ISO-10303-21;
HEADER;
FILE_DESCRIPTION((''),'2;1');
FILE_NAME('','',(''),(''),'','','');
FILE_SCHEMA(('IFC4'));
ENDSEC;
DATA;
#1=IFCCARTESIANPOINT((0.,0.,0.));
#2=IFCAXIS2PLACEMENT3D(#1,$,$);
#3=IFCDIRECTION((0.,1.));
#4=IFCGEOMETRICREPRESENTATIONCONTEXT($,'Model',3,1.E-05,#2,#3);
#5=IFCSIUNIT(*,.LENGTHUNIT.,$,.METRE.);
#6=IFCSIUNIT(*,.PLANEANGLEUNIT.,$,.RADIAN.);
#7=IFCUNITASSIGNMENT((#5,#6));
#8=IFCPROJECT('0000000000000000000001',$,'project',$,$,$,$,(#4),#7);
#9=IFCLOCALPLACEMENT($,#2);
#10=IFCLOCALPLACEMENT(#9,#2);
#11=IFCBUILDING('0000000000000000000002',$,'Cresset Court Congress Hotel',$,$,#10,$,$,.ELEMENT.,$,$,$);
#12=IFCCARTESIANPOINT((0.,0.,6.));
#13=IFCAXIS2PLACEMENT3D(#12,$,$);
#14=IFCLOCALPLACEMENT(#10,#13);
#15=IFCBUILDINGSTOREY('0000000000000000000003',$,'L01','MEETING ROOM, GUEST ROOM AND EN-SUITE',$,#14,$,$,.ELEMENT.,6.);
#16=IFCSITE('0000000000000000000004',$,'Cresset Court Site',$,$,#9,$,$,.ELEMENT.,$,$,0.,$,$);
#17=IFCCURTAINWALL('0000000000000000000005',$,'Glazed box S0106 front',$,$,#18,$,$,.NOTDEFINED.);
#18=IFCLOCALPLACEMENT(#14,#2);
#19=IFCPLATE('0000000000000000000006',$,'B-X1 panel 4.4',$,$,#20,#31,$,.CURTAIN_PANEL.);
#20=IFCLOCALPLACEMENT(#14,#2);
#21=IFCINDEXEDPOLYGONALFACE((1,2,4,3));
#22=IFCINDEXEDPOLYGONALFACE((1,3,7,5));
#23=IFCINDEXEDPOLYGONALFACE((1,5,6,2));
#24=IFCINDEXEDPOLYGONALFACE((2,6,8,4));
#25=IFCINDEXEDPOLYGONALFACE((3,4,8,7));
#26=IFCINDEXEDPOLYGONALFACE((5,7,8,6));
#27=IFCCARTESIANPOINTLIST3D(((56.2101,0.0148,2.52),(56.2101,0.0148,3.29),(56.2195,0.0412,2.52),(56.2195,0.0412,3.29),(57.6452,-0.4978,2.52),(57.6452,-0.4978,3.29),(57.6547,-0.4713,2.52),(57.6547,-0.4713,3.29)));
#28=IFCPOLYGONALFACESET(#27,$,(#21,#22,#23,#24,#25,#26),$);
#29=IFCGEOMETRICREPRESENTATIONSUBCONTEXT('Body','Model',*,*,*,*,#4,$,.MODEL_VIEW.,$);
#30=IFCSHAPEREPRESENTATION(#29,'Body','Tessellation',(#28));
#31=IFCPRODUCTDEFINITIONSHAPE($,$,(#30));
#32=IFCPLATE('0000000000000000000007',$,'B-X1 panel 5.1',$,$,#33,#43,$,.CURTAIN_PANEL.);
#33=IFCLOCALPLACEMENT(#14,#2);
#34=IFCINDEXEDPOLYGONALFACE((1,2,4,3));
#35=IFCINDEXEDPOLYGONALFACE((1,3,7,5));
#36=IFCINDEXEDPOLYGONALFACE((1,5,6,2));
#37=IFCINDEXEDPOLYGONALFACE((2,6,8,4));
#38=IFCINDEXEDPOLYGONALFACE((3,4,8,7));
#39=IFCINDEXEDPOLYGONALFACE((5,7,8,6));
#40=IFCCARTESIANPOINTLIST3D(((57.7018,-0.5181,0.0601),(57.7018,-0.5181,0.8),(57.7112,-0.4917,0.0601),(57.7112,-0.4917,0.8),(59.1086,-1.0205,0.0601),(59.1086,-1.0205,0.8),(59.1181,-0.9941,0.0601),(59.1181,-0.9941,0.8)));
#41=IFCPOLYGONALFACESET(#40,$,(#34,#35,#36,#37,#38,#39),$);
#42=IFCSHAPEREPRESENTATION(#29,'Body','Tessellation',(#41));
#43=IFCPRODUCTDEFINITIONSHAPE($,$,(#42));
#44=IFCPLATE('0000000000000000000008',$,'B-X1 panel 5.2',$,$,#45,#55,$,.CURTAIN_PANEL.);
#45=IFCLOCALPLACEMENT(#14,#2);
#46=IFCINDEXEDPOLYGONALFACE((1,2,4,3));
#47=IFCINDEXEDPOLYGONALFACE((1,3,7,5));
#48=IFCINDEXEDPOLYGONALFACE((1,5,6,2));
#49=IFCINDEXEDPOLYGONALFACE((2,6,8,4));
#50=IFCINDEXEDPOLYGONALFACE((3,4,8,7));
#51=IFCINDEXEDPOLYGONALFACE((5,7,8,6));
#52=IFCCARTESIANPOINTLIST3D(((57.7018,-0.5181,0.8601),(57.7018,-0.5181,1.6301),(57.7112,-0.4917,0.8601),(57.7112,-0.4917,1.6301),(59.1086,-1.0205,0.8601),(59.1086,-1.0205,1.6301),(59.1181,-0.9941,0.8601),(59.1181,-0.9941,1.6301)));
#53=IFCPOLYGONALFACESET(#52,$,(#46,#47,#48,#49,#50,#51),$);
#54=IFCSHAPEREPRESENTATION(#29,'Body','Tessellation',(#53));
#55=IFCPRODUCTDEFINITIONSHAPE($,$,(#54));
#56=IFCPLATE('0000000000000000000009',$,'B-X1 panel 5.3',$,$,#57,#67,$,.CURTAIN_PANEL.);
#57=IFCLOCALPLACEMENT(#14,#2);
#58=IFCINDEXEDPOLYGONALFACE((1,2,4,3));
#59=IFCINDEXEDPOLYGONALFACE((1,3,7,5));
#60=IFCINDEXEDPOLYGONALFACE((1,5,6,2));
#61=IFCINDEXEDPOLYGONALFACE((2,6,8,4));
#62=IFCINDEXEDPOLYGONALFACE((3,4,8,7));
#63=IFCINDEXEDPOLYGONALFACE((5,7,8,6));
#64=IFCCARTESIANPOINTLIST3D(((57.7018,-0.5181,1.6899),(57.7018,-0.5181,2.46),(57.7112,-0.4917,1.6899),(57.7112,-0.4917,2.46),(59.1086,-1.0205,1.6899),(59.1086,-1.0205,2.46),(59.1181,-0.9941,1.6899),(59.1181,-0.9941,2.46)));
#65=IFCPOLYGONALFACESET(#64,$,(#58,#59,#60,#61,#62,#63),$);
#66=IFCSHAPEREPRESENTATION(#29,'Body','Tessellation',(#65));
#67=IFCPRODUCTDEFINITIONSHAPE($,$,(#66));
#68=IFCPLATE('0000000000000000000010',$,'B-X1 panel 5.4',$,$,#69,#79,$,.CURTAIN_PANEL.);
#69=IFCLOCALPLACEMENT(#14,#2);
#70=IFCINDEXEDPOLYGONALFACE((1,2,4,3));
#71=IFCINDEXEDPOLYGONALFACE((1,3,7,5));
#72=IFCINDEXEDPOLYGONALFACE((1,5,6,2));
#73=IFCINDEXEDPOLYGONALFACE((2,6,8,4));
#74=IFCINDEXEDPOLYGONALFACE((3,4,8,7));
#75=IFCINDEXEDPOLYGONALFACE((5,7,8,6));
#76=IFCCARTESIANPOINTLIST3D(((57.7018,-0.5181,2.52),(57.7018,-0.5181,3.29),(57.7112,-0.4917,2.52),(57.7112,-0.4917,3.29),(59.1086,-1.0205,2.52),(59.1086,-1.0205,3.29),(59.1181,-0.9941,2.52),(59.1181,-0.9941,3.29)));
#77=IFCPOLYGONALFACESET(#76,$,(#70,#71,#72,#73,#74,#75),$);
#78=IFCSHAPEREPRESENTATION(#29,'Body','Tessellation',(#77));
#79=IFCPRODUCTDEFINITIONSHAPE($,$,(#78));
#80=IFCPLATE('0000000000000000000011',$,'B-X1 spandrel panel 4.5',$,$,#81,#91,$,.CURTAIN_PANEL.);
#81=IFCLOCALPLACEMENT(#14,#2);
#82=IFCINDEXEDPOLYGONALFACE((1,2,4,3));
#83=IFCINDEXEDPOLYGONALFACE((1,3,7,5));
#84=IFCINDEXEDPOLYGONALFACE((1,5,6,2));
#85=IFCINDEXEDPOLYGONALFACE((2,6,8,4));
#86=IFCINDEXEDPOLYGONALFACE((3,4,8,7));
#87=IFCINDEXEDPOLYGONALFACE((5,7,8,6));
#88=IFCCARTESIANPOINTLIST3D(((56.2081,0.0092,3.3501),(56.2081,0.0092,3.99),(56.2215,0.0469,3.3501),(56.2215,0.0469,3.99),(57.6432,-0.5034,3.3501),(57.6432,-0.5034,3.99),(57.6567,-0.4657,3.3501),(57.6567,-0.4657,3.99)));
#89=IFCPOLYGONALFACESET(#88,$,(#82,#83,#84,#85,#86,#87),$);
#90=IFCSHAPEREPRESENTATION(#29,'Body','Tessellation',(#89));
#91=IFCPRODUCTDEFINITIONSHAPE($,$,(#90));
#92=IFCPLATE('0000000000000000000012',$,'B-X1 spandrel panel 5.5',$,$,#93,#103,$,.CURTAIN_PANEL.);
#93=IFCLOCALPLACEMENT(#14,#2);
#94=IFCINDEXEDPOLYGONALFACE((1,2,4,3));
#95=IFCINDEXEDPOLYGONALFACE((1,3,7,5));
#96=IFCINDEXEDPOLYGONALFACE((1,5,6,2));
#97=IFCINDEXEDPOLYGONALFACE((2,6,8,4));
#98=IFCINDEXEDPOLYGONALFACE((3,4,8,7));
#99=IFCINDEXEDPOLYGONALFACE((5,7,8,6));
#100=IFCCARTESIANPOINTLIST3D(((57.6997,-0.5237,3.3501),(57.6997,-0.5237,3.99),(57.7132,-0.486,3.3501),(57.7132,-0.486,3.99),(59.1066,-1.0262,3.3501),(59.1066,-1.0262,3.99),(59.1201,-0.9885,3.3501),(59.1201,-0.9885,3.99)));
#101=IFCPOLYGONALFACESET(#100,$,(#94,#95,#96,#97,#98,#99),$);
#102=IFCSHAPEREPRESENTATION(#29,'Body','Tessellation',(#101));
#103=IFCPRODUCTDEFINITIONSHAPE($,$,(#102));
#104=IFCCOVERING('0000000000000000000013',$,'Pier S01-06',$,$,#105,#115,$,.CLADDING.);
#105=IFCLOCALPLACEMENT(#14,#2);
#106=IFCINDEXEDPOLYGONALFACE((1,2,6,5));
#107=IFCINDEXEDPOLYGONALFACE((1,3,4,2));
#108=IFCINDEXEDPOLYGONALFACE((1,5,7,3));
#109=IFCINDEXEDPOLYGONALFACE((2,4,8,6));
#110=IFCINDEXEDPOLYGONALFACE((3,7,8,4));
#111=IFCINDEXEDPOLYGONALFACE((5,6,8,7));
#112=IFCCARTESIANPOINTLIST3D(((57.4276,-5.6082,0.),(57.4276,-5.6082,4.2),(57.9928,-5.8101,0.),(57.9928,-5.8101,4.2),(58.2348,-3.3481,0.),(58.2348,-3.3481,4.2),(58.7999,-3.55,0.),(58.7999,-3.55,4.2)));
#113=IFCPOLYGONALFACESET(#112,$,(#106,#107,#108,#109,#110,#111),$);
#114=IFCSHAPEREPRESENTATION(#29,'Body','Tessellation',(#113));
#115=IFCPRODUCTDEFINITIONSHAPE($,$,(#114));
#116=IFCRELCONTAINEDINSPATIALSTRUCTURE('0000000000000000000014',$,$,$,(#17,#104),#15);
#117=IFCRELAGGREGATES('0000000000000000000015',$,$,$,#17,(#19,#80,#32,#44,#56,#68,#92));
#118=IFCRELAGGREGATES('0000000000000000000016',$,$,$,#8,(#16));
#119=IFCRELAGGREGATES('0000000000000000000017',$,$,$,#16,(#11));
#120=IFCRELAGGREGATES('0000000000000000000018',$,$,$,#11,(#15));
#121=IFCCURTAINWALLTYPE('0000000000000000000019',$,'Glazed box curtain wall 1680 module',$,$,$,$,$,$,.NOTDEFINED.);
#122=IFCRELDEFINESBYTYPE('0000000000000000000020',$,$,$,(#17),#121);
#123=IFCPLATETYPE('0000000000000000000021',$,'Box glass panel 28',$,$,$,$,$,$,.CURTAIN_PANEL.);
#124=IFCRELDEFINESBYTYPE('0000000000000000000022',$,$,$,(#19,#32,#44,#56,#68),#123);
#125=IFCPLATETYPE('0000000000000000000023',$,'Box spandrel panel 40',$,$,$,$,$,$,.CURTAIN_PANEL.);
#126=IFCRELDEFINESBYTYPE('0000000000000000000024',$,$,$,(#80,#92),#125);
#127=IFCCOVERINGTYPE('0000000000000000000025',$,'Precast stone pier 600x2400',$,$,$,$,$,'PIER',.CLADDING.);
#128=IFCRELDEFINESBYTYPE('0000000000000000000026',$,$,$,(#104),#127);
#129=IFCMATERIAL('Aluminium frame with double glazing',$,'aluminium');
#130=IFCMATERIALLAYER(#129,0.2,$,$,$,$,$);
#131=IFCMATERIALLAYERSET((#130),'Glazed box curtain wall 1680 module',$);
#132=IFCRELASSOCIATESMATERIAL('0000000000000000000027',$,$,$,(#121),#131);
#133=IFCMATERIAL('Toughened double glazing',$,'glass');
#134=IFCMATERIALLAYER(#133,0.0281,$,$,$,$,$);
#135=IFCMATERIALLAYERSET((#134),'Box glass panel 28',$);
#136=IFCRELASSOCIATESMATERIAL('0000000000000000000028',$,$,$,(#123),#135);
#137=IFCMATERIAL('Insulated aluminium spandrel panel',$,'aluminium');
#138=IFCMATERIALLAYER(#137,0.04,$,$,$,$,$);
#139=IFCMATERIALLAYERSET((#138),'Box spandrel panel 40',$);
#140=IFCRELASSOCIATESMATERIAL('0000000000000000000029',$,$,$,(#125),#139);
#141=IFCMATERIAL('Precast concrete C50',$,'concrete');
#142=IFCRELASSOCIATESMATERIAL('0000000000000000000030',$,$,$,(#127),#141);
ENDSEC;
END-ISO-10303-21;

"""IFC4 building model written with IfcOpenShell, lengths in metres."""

from ifc_helpers import new_model, si_unit, direction, frame, origin, origin_2d, place, context, subcontext, project, spatial, rectangle, extrude, material, layer, layer_set, type_object, element, aggregate, save


model = new_model("IFC4")

# Units and contexts
model_context = context("Model", 3, precision=1e-05, world=origin(), true_north=direction((0.0, 1.0)))
body_context = subcontext(model_context, "Body", "Model", "MODEL_VIEW")
ifc_project = project(units=[si_unit("LENGTHUNIT", "METRE"), si_unit("PLANEANGLEUNIT", "RADIAN")], contexts=[model_context])

# Site, building, storey
site_placement = place(None, origin())
site = spatial("IfcSite", under=ifc_project, at=site_placement, Name="Cresset Court Site", CompositionType="ELEMENT", RefElevation=0.0)
building_placement = place(site_placement, origin())
building = spatial("IfcBuilding", under=site, at=building_placement, Name="Cresset Court Congress Hotel", CompositionType="ELEMENT")
storey_placement = place(building_placement, frame((0.0, 0.0, 6.0)))
storey = spatial("IfcBuildingStorey", under=building, at=storey_placement, Name="L01", Description="MEETING ROOM, GUEST ROOM AND EN-SUITE", CompositionType="ELEMENT", Elevation=6.0)

# Curtain wall
ifc_material_1 = material(Name="Aluminium frame with double glazing", Category="aluminium")
ifc_layer_1 = layer(ifc_material_1, 0.2)
ifc_layer_set_1 = layer_set([ifc_layer_1], Name="Glazed box curtain wall 1680 module")
curtain_wall_type = type_object("IfcCurtainWallType", Name="Glazed box curtain wall 1680 module", PredefinedType="NOTDEFINED", material=ifc_layer_set_1)
curtain_wall_1_placement = place(storey_placement, origin())
curtain_wall_1 = element("IfcCurtainWall", 1, at=curtain_wall_1_placement, inside=storey, type_object=curtain_wall_type, Name="Glazed box S0106 front", PredefinedType="NOTDEFINED")

# Plates
ifc_material_2 = material(Name="Toughened double glazing", Category="glass")
ifc_layer_2 = layer(ifc_material_2, 0.0281)
ifc_layer_set_2 = layer_set([ifc_layer_2], Name="Box glass panel 28")
plate_type_1 = type_object("IfcPlateType", Name="Box glass panel 28", PredefinedType="CURTAIN_PANEL", material=ifc_layer_set_2)
plate_1_placement = place(storey_placement, frame((56.9324, -0.2283, 2.52), z_axis=(0.0, 0.0, 1.0), x_axis=(0.941742, -0.336336, 0.0)))
plate_1 = element("IfcPlate", 2, at=plate_1_placement, type_object=plate_type_1, Name="B-X1 panel 4.4", PredefinedType="CURTAIN_PANEL", context=body_context, shape_type="SweptSolid", body=[
    extrude(rectangle(XDim=1.5239, YDim=0.0281, at=origin_2d()), origin(), (0.0, 0.0, 1.0), 0.77),
])
plate_2_placement = place(storey_placement, frame((58.4099, -0.7561, 0.0601), z_axis=(0.0, 0.0, 1.0), x_axis=(0.941742, -0.336336, 0.0)))
plate_2 = element("IfcPlate", 3, at=plate_2_placement, type_object=plate_type_1, Name="B-X1 panel 5.1", PredefinedType="CURTAIN_PANEL", context=body_context, shape_type="SweptSolid", body=[
    extrude(rectangle(XDim=1.4939, YDim=0.0281, at=origin_2d()), origin(), (0.0, 0.0, 1.0), 0.74),
])
plate_3_placement = place(storey_placement, frame((58.4099, -0.7561, 0.8601), z_axis=(0.0, 0.0, 1.0), x_axis=(0.941742, -0.336336, 0.0)))
plate_3 = element("IfcPlate", 4, at=plate_3_placement, type_object=plate_type_1, Name="B-X1 panel 5.2", PredefinedType="CURTAIN_PANEL", context=body_context, shape_type="SweptSolid", body=[
    extrude(rectangle(XDim=1.4939, YDim=0.0281, at=origin_2d()), origin(), (0.0, 0.0, 1.0), 0.77),
])
plate_4_placement = place(storey_placement, frame((58.4099, -0.7561, 1.6899), z_axis=(0.0, 0.0, 1.0), x_axis=(0.941742, -0.336336, 0.0)))
plate_4 = element("IfcPlate", 5, at=plate_4_placement, type_object=plate_type_1, Name="B-X1 panel 5.3", PredefinedType="CURTAIN_PANEL", context=body_context, shape_type="SweptSolid", body=[
    extrude(rectangle(XDim=1.4939, YDim=0.0281, at=origin_2d()), origin(), (0.0, 0.0, 1.0), 0.77),
])
plate_5_placement = place(storey_placement, frame((58.4099, -0.7561, 2.52), z_axis=(0.0, 0.0, 1.0), x_axis=(0.941742, -0.336336, 0.0)))
plate_5 = element("IfcPlate", 6, at=plate_5_placement, type_object=plate_type_1, Name="B-X1 panel 5.4", PredefinedType="CURTAIN_PANEL", context=body_context, shape_type="SweptSolid", body=[
    extrude(rectangle(XDim=1.4939, YDim=0.0281, at=origin_2d()), origin(), (0.0, 0.0, 1.0), 0.77),
])
ifc_material_3 = material(Name="Insulated aluminium spandrel panel", Category="aluminium")
ifc_layer_3 = layer(ifc_material_3, 0.04)
ifc_layer_set_3 = layer_set([ifc_layer_3], Name="Box spandrel panel 40")
plate_type_2 = type_object("IfcPlateType", Name="Box spandrel panel 40", PredefinedType="CURTAIN_PANEL", material=ifc_layer_set_3)
plate_6_placement = place(storey_placement, frame((56.9324, -0.2283, 3.3501), z_axis=(0.0, 0.0, 1.0), x_axis=(0.941742, -0.336336, 0.0)))
plate_6 = element("IfcPlate", 7, at=plate_6_placement, type_object=plate_type_2, Name="B-X1 spandrel panel 4.5", PredefinedType="CURTAIN_PANEL", context=body_context, shape_type="SweptSolid", body=[
    extrude(rectangle(XDim=1.5239, YDim=0.04, at=origin_2d()), origin(), (0.0, 0.0, 1.0), 0.6399),
])
plate_7_placement = place(storey_placement, frame((58.4099, -0.7561, 3.3501), z_axis=(0.0, 0.0, 1.0), x_axis=(0.941742, -0.336336, 0.0)))
plate_7 = element("IfcPlate", 8, at=plate_7_placement, type_object=plate_type_2, Name="B-X1 spandrel panel 5.5", PredefinedType="CURTAIN_PANEL", context=body_context, shape_type="SweptSolid", body=[
    extrude(rectangle(XDim=1.4939, YDim=0.04, at=origin_2d()), origin(), (0.0, 0.0, 1.0), 0.6399),
])
aggregate(curtain_wall_1, [plate_1, plate_6, plate_2, plate_3, plate_4, plate_5, plate_7])

# Covering
ifc_material_4 = material(Name="Precast concrete C50", Category="concrete")
covering_type = type_object("IfcCoveringType", Name="Precast stone pier 600x2400", ElementType="PIER", PredefinedType="CLADDING", material=ifc_material_4)
covering_placement = place(storey_placement, frame((58.1138, -4.5791, 0.0), z_axis=(0.0, 0.0, 1.0), x_axis=(0.941742, -0.336336, 0.0)))
element("IfcCovering", 9, at=covering_placement, inside=storey, type_object=covering_type, Name="Pier S01-06", PredefinedType="CLADDING", context=body_context, shape_type="SweptSolid", body=[
    extrude(rectangle(XDim=0.6001, YDim=2.3999, at=origin_2d()), origin(), (0.0, 0.0, 1.0), 4.2),
])

save(model, "model.ifc")
